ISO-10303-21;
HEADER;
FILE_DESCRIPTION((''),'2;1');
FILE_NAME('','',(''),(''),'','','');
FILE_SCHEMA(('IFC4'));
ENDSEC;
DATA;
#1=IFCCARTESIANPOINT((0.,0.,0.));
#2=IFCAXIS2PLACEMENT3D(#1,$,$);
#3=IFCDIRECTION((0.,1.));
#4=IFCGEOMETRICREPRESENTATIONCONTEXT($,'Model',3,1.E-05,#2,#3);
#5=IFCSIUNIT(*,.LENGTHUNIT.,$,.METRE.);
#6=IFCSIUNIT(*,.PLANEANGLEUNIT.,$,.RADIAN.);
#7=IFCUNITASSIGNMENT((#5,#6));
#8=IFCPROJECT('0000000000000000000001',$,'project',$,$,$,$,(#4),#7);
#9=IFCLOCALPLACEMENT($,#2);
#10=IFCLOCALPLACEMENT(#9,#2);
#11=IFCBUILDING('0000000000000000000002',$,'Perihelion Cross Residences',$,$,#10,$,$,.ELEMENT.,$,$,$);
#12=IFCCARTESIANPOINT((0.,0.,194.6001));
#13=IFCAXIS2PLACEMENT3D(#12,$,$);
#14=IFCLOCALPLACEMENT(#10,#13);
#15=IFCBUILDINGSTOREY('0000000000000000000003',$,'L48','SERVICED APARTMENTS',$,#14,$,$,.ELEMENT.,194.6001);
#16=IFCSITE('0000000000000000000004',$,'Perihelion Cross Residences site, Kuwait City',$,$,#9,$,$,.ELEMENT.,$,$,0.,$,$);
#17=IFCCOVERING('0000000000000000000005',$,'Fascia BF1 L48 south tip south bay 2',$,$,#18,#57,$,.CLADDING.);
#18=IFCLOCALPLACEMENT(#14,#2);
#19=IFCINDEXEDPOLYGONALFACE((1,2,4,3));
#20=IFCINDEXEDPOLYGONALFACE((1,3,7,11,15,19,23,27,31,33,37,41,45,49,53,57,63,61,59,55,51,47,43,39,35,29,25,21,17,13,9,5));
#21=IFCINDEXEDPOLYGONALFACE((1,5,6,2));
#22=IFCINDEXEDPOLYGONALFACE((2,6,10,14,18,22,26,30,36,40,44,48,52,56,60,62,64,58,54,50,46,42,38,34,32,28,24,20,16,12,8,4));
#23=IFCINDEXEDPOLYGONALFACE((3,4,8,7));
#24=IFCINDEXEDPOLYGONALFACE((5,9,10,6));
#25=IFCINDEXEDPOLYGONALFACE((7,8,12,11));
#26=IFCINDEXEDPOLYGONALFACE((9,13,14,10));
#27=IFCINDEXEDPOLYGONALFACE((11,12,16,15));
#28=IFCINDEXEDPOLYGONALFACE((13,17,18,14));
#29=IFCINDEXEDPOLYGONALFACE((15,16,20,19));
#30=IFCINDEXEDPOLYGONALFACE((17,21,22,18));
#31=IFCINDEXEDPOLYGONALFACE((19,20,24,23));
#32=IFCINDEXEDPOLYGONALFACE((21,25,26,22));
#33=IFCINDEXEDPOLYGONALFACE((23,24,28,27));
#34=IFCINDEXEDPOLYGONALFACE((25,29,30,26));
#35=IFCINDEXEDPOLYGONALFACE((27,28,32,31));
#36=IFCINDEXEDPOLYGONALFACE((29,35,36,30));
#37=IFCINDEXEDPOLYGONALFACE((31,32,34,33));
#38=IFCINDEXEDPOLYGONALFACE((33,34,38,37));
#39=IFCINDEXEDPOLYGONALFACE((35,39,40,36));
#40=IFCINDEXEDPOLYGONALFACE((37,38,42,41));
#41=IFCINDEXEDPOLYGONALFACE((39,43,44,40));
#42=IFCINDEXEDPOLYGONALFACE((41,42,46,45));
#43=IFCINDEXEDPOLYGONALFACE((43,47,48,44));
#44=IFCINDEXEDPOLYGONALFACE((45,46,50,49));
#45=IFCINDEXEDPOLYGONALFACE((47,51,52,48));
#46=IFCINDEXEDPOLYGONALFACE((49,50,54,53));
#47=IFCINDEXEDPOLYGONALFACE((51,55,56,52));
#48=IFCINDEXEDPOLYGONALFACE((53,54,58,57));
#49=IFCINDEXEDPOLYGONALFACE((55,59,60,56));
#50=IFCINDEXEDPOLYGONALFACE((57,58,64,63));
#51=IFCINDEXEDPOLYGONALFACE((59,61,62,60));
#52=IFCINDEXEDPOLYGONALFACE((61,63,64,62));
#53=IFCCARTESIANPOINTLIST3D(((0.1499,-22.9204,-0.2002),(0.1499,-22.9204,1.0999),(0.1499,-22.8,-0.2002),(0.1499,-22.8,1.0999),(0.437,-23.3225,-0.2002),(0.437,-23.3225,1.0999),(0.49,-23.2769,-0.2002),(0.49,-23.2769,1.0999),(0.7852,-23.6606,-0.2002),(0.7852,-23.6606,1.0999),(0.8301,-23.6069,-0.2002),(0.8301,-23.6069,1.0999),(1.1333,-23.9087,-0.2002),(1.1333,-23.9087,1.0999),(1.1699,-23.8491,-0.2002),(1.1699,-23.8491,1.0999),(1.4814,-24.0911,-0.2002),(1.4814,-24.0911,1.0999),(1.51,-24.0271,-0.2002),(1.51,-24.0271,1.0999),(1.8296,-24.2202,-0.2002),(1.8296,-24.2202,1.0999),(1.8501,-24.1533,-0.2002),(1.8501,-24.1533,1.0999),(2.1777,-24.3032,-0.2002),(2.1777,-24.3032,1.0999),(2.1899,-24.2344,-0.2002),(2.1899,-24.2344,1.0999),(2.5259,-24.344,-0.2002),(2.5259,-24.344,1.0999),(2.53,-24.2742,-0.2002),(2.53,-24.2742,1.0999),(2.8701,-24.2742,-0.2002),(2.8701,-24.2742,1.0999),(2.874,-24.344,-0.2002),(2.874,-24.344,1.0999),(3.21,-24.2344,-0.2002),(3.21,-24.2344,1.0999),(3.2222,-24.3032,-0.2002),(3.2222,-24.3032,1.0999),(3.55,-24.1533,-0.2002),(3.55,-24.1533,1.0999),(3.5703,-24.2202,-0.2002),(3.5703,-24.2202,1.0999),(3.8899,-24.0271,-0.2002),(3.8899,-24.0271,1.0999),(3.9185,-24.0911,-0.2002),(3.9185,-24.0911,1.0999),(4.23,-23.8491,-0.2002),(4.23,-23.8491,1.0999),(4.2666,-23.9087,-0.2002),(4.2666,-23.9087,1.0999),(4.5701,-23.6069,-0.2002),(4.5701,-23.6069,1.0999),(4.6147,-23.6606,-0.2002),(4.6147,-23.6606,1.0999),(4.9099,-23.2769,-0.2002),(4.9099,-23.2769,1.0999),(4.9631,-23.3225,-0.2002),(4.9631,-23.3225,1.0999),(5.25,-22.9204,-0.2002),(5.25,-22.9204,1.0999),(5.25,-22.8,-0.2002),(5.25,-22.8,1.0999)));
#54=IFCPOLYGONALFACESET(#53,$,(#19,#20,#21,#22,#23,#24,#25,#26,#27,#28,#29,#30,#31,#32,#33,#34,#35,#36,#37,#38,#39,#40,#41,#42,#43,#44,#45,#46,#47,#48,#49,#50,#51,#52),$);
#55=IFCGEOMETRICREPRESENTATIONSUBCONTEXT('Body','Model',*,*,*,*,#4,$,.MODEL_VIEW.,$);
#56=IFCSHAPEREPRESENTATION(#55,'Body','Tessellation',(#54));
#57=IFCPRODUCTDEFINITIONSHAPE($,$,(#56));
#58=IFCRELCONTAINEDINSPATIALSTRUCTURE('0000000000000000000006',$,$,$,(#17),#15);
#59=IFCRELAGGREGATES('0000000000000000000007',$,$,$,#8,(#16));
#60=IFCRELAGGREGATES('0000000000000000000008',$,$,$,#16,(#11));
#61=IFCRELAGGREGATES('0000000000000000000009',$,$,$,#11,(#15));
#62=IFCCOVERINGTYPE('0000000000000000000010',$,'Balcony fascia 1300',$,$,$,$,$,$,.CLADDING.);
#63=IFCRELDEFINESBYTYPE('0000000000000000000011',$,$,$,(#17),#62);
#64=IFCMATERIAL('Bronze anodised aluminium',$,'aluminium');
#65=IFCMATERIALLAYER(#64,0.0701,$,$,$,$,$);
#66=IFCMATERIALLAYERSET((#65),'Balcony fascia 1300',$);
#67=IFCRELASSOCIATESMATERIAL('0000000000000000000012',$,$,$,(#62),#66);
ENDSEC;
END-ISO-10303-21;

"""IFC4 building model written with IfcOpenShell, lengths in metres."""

from ifc_helpers import new_model, si_unit, direction, frame, origin, place, context, subcontext, project, spatial, polyline, outline, extrude, material, layer, layer_set, type_object, element, save


model = new_model("IFC4")

# Units and contexts
model_context = context("Model", 3, precision=1e-05, world=origin(), true_north=direction((0.0, 1.0)))
body_context = subcontext(model_context, "Body", "Model", "MODEL_VIEW")
ifc_project = project(units=[si_unit("LENGTHUNIT", "METRE"), si_unit("PLANEANGLEUNIT", "RADIAN")], contexts=[model_context])

# Site, building, storey
site_placement = place(None, origin())
site = spatial("IfcSite", under=ifc_project, at=site_placement, Name="Perihelion Cross Residences site, Kuwait City", CompositionType="ELEMENT", RefElevation=0.0)
building_placement = place(site_placement, origin())
building = spatial("IfcBuilding", under=site, at=building_placement, Name="Perihelion Cross Residences", CompositionType="ELEMENT")
storey_placement = place(building_placement, frame((0.0, 0.0, 194.6001)))
storey = spatial("IfcBuildingStorey", under=building, at=storey_placement, Name="L48", Description="SERVICED APARTMENTS", CompositionType="ELEMENT", Elevation=194.6001)

# Covering
ifc_material_1 = material(Name="Bronze anodised aluminium", Category="aluminium")
ifc_layer_1 = layer(ifc_material_1, 0.0701)
ifc_layer_set_1 = layer_set([ifc_layer_1], Name="Balcony fascia 1300")
covering_type = type_object("IfcCoveringType", Name="Balcony fascia 1300", PredefinedType="CLADDING", material=ifc_layer_set_1)
covering_1_placement = place(storey_placement, frame((0.0, 0.0, -0.2002)))
element("IfcCovering", 1, at=covering_1_placement, inside=storey, type_object=covering_type, Name="Fascia BF1 L48 south tip south bay 2", PredefinedType="CLADDING", context=body_context, shape_type="SweptSolid", body=[
    extrude(outline(polyline([(0.437, -23.3225), (0.7852, -23.6606), (1.1333, -23.9087), (1.4814, -24.0911), (1.8296, -24.2202), (2.1777, -24.3032), (2.5259, -24.344), (2.874, -24.344), (3.2222, -24.3032), (3.5703, -24.2202), (3.9185, -24.0911), (4.2666, -23.9087), (4.6147, -23.6606), (4.9631, -23.3225), (5.25, -22.9204), (5.25, -22.8), (4.9099, -23.2769), (4.5701, -23.6069), (4.23, -23.8491), (3.8899, -24.0271), (3.55, -24.1533), (3.21, -24.2344), (2.8701, -24.2742), (2.53, -24.2742), (2.1899, -24.2344), (1.8501, -24.1533), (1.51, -24.0271), (1.1699, -23.8491), (0.8301, -23.6069), (0.49, -23.2769), (0.1499, -22.8), (0.1499, -22.9204), (0.437, -23.3225)])), origin(), (0.0, 0.0, 1.0), 1.3),
])

save(model, "model.ifc")
